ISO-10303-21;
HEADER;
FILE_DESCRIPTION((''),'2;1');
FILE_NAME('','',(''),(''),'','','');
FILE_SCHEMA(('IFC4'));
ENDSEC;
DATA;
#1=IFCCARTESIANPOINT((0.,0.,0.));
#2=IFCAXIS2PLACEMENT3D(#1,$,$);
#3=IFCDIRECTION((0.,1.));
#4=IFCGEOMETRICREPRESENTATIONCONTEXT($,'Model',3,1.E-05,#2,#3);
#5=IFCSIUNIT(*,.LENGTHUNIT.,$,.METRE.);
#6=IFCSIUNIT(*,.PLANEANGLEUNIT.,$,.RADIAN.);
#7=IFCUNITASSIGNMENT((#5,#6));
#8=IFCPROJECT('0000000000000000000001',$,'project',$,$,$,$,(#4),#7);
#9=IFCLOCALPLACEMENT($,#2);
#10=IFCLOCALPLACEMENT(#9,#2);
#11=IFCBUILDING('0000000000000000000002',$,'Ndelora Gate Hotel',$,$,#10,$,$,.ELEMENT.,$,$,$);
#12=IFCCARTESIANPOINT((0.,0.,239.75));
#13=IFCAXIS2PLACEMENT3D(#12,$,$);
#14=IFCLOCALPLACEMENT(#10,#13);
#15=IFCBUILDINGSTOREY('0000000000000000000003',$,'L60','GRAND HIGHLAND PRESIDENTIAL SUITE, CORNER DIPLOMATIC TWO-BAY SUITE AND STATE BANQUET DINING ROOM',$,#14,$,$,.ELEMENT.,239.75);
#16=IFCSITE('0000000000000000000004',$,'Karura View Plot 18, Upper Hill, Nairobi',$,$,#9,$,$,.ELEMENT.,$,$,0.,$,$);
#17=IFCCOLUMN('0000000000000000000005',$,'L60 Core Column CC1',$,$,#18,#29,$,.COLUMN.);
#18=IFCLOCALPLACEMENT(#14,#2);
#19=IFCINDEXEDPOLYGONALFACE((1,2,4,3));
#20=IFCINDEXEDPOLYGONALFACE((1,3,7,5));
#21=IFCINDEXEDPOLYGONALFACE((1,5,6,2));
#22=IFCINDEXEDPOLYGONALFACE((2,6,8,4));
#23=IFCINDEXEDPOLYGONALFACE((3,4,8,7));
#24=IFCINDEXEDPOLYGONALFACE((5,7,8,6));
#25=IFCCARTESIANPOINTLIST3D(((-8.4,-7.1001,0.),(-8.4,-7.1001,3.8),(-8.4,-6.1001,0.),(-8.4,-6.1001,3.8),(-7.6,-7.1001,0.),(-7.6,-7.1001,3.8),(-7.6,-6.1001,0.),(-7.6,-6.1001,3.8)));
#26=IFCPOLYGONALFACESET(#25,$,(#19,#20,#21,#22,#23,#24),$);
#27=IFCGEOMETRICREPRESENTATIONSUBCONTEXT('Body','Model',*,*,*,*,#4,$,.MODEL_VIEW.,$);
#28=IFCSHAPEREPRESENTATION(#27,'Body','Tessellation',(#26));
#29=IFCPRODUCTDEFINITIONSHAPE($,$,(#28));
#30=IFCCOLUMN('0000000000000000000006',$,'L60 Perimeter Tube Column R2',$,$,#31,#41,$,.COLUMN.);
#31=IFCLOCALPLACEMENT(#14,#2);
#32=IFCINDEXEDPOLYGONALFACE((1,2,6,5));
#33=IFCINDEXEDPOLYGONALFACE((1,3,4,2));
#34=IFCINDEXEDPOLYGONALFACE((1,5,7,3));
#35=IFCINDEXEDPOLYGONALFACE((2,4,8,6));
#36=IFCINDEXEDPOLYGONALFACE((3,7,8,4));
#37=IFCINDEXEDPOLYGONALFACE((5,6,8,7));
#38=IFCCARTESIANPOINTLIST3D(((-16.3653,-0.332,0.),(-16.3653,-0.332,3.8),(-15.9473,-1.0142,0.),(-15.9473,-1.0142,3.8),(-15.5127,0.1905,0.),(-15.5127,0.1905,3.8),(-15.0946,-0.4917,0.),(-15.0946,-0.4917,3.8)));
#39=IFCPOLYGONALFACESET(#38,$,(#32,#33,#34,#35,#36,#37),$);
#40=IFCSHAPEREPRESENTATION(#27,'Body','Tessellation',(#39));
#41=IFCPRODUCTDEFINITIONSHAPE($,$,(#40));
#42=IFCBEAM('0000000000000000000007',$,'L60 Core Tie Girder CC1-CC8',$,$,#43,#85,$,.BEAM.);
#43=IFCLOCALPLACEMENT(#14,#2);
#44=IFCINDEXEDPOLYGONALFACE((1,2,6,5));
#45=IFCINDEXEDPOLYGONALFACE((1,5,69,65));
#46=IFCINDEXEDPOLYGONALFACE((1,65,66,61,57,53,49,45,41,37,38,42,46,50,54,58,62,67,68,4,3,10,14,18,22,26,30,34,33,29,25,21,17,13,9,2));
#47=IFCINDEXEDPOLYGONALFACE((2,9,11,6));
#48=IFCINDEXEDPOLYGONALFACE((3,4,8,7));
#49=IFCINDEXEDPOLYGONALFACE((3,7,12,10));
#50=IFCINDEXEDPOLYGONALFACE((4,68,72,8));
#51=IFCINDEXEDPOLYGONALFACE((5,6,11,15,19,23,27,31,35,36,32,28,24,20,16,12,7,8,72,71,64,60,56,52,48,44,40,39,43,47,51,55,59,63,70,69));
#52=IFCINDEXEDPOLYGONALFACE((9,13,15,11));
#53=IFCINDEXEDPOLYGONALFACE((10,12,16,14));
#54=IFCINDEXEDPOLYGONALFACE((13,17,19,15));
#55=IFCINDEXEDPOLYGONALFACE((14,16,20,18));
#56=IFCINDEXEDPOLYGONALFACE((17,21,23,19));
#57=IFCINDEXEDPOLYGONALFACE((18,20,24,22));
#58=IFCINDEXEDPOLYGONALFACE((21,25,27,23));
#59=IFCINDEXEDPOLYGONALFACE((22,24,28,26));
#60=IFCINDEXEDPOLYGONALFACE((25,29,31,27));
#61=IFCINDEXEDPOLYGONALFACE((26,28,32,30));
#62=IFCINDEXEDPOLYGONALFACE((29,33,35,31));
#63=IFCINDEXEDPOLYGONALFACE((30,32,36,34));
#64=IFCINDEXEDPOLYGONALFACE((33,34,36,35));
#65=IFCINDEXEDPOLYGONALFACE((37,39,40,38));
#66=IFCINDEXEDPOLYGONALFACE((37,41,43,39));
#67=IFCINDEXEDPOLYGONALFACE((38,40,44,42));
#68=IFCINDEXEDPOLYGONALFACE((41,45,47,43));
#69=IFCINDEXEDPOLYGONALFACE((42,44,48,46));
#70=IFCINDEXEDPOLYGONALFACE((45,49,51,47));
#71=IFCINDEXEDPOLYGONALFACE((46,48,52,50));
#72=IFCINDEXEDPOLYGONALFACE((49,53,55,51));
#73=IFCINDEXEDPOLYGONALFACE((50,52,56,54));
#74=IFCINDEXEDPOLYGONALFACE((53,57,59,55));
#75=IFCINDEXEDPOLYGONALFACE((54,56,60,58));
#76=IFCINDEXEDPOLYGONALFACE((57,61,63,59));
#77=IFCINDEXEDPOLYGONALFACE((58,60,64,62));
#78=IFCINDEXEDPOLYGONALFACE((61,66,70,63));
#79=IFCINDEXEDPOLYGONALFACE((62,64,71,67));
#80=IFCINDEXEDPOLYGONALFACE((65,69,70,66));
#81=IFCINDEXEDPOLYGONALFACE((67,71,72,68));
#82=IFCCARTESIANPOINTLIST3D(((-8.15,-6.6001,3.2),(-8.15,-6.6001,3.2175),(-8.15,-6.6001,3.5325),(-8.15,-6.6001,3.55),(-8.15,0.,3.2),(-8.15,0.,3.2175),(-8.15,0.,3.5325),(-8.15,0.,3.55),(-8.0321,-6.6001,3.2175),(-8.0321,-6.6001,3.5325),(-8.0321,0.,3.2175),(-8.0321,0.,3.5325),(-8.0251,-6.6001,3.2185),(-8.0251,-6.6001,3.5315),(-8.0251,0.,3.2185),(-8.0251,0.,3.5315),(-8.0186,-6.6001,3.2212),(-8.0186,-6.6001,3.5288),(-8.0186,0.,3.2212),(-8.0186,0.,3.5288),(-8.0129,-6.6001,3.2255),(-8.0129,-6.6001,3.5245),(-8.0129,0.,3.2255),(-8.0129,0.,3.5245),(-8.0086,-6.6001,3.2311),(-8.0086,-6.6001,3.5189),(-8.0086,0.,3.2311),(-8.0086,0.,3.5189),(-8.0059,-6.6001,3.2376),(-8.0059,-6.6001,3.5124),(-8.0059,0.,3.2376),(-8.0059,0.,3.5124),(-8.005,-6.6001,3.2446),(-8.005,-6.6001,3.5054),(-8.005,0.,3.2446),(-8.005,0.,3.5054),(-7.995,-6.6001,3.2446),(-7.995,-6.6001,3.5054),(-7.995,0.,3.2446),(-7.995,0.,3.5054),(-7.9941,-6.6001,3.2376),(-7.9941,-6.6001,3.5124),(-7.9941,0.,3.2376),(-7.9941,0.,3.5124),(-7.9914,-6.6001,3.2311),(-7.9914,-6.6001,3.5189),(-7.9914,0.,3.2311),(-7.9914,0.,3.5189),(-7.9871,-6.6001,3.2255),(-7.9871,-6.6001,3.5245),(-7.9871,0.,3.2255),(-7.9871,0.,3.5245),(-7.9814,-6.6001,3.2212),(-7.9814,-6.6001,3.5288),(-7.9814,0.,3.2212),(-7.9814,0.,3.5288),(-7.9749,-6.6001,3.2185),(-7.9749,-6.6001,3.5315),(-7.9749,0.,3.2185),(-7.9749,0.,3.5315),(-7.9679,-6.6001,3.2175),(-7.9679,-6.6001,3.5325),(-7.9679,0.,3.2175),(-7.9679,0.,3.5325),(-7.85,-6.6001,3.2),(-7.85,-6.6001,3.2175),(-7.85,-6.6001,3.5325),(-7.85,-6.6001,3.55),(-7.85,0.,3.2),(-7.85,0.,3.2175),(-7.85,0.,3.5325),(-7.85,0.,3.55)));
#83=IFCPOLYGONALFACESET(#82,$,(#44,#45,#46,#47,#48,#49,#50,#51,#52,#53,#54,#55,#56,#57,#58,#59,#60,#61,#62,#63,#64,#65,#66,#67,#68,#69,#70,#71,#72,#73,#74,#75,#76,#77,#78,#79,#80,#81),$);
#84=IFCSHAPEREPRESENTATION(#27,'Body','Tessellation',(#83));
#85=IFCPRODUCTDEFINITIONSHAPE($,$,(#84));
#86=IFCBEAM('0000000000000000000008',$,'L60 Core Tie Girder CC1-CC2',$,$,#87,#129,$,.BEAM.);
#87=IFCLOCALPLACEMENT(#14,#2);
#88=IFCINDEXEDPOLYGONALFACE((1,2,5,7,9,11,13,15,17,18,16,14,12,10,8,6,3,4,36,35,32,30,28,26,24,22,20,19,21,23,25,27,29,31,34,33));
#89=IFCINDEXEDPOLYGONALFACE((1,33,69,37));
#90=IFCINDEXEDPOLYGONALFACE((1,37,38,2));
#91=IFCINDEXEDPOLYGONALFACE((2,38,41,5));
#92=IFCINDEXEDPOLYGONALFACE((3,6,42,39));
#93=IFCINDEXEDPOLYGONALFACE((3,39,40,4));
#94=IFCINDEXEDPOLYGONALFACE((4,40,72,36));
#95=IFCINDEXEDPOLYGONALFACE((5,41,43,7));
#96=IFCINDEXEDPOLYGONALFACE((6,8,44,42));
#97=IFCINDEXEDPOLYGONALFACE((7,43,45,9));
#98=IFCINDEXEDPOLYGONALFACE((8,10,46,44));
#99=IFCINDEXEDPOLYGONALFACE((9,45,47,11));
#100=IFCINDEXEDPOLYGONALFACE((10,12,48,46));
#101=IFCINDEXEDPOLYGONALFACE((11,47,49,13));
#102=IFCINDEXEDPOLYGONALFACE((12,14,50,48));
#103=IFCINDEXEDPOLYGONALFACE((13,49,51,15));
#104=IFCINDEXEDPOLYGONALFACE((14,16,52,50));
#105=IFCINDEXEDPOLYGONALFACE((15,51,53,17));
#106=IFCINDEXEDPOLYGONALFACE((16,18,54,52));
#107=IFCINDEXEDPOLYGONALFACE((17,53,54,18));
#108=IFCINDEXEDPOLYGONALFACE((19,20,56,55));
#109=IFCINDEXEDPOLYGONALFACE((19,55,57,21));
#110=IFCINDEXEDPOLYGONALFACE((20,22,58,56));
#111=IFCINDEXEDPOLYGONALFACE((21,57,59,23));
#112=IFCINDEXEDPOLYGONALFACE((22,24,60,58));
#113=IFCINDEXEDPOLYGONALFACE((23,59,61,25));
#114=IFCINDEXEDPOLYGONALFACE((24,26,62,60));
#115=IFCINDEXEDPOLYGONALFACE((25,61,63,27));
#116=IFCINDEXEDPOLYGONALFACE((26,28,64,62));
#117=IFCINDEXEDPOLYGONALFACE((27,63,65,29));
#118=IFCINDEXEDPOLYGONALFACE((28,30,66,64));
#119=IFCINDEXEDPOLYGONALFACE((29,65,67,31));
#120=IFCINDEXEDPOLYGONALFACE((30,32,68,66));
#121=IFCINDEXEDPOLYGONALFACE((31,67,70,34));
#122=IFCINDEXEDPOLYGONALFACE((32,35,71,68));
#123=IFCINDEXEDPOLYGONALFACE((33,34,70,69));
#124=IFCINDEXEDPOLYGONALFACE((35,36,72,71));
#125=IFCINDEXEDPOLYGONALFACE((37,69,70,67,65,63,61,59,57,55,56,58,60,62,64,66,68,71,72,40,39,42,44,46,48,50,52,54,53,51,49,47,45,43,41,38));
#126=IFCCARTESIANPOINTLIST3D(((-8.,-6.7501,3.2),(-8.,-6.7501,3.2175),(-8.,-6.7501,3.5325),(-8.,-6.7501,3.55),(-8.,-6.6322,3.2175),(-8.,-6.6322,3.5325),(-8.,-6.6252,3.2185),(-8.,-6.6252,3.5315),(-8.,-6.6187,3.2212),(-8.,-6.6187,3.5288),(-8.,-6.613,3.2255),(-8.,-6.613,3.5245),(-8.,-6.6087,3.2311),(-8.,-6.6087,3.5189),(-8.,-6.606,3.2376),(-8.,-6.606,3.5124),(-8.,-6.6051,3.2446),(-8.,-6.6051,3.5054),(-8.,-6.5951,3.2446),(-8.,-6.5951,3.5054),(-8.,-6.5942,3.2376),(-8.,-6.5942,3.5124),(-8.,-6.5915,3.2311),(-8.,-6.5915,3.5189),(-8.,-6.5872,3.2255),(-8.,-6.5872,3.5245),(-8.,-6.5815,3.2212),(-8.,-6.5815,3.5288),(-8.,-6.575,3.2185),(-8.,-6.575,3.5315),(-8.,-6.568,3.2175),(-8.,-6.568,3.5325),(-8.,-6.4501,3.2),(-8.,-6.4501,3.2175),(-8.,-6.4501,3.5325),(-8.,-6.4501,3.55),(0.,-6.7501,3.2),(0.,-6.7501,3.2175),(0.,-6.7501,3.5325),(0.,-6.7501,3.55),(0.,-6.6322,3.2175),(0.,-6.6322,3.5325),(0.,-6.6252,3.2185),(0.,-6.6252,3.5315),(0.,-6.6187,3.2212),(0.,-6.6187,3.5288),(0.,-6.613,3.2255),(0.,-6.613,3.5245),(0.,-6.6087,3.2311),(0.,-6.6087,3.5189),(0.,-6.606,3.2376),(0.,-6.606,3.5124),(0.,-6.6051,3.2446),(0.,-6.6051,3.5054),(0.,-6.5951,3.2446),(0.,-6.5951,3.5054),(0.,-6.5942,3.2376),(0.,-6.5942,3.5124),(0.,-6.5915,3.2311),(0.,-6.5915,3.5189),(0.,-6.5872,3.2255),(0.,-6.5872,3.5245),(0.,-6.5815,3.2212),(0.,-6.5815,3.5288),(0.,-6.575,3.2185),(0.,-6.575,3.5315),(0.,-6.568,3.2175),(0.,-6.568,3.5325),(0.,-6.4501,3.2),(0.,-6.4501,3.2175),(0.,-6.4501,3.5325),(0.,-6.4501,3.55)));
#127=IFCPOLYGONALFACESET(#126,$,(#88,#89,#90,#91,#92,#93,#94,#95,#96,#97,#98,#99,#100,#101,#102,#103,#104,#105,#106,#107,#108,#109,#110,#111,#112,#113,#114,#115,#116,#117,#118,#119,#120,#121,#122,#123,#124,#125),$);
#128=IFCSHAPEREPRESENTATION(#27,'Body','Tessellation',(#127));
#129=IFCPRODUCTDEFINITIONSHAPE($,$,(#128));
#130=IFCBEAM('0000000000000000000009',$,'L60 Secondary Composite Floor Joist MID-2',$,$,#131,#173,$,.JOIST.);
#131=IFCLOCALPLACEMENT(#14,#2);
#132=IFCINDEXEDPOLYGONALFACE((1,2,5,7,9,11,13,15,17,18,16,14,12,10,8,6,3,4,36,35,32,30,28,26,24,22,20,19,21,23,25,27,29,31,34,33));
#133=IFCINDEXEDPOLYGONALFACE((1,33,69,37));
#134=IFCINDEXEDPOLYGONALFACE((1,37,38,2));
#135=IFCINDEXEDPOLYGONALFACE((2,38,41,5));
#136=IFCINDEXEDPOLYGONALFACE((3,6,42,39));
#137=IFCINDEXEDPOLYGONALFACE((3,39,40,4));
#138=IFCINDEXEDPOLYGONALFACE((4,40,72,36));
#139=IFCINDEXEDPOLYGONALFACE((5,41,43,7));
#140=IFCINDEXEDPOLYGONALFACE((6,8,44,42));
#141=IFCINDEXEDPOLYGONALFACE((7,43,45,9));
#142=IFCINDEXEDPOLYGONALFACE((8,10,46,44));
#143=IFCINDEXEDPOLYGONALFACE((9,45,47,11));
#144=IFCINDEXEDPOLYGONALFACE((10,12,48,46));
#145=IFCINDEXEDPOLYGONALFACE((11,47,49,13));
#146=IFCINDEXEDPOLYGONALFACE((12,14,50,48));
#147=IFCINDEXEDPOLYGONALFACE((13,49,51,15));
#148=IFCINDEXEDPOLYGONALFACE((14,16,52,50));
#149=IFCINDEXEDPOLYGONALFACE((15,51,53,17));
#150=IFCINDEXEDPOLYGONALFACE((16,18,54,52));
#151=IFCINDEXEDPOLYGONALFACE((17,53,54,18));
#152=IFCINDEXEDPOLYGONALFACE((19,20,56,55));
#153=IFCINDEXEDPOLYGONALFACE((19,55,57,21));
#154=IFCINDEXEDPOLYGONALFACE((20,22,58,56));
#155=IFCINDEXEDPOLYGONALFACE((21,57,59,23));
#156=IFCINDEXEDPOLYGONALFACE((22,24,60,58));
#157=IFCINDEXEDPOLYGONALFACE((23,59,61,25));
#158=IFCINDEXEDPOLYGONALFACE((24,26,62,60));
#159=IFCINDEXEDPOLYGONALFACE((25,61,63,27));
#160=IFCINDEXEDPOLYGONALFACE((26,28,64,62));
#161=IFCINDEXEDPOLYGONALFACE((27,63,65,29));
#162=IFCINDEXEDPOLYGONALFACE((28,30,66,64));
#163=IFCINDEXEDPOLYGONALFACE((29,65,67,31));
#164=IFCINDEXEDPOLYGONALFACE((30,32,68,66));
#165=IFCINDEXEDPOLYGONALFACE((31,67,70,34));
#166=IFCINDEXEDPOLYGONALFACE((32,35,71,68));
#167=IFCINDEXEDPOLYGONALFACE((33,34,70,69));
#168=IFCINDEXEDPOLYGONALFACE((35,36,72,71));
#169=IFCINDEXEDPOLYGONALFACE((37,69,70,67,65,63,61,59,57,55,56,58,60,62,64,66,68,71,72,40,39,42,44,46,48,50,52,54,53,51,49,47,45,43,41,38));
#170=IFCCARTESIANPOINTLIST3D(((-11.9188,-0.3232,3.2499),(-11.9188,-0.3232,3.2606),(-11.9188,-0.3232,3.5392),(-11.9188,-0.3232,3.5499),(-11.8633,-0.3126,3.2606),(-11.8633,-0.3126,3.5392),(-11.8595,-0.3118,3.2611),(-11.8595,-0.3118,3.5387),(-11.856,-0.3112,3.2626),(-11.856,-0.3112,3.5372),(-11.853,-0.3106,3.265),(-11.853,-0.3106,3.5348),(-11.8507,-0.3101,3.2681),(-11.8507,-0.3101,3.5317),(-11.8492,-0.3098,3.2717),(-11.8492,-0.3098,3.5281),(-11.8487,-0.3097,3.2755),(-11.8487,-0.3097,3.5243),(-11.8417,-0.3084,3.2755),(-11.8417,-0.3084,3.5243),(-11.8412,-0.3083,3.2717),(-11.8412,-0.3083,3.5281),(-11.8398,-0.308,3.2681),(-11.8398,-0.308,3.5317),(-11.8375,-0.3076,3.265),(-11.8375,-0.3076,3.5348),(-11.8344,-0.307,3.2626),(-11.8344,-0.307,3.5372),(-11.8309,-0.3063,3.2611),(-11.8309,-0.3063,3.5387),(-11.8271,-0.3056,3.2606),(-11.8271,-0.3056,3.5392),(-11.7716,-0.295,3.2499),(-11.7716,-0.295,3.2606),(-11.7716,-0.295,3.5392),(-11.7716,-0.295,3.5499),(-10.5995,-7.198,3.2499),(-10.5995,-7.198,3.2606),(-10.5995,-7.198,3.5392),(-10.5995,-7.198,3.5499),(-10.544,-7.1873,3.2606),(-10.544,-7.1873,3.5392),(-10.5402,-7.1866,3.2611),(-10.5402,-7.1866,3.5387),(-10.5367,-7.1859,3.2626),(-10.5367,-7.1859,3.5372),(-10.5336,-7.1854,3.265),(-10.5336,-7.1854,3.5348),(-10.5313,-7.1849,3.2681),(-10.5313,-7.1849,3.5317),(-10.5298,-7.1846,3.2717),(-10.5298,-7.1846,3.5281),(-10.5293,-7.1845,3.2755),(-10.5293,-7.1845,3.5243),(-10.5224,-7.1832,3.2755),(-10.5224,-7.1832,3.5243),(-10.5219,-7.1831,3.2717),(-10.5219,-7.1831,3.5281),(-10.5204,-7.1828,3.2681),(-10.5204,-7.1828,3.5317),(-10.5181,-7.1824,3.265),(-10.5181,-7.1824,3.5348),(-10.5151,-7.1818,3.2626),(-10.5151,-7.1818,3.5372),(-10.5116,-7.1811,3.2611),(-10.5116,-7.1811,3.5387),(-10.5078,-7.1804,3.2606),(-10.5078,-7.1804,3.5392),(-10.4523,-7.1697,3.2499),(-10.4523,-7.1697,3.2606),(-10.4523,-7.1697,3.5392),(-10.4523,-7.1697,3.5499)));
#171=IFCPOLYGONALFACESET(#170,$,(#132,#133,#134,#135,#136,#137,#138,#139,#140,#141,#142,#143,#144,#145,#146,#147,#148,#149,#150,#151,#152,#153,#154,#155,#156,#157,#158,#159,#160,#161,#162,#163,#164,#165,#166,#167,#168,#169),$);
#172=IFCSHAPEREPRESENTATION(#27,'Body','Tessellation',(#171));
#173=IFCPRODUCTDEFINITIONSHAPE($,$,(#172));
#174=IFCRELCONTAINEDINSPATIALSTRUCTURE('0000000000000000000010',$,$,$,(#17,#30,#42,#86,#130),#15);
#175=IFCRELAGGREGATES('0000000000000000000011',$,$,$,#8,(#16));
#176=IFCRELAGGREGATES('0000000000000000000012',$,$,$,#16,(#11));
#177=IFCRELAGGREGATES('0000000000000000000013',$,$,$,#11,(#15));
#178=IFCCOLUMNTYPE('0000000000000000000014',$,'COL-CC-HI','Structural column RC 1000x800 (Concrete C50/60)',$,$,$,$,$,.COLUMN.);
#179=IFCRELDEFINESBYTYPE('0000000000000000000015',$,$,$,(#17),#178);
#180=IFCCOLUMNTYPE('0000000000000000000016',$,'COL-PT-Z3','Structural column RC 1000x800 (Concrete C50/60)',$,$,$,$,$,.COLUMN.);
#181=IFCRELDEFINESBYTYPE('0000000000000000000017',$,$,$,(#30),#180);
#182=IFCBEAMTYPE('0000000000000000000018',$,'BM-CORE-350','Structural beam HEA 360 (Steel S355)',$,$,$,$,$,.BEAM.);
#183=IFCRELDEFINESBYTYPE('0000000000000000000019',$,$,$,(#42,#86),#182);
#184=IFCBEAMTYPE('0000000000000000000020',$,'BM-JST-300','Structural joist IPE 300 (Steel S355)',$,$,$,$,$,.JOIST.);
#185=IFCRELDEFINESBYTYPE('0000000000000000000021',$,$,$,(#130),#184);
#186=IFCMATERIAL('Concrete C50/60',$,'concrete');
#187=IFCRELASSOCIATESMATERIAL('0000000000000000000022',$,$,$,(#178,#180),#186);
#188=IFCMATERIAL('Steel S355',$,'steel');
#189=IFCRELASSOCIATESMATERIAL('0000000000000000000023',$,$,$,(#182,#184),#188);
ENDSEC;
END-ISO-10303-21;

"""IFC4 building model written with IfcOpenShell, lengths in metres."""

from ifc_helpers import new_model, si_unit, direction, frame, origin, origin_2d, place, context, subcontext, project, spatial, rectangle, i_section, extrude, material, material_profile, profile_set, type_object, element, save


model = new_model("IFC4")

# Units and contexts
model_context = context("Model", 3, precision=1e-05, world=origin(), true_north=direction((0.0, 1.0)))
body_context = subcontext(model_context, "Body", "Model", "MODEL_VIEW")
ifc_project = project(units=[si_unit("LENGTHUNIT", "METRE"), si_unit("PLANEANGLEUNIT", "RADIAN")], contexts=[model_context])

# Site, building, storey
site_placement = place(None, origin())
site = spatial("IfcSite", under=ifc_project, at=site_placement, Name="Karura View Plot 18, Upper Hill, Nairobi", CompositionType="ELEMENT", RefElevation=0.0)
building_placement = place(site_placement, origin())
building = spatial("IfcBuilding", under=site, at=building_placement, Name="Ndelora Gate Hotel", CompositionType="ELEMENT")
storey_placement = place(building_placement, frame((0.0, 0.0, 239.75)))
storey = spatial("IfcBuildingStorey", under=building, at=storey_placement, Name="L60", Description="GRAND HIGHLAND PRESIDENTIAL SUITE, CORNER DIPLOMATIC TWO-BAY SUITE AND STATE BANQUET DINING ROOM", CompositionType="ELEMENT", Elevation=239.75)

# Columns
ifc_material_1 = material(Name="Concrete C50/60", Category="concrete")
ifc_material_profile_1 = material_profile(ifc_material_1, rectangle(XDim=0.8, YDim=1.0, at=origin_2d()), Name="RC 1000x800")
ifc_profile_set_1 = profile_set([ifc_material_profile_1], Name="Concrete C50/60")
column_type_1 = type_object("IfcColumnType", Name="COL-CC-HI", Description="Structural column RC 1000x800 (Concrete C50/60)", PredefinedType="COLUMN", material=ifc_profile_set_1)
column_1_placement = place(storey_placement, frame((-8.0, -6.6001, 0.0), z_axis=(0.0, 0.0, 1.0), x_axis=(1.0, 0.0, 0.0)))
element("IfcColumn", 1, at=column_1_placement, inside=storey, type_object=column_type_1, Name="L60 Core Column CC1", PredefinedType="COLUMN", context=body_context, shape_type="SweptSolid", body=[
    extrude(rectangle(XDim=0.8, YDim=1.0, at=origin_2d()), origin(), (0.0, 0.0, 1.0), 3.8),
])
ifc_material_profile_2 = material_profile(ifc_material_1, rectangle(XDim=0.8, YDim=1.0, at=origin_2d()), Name="RC 1000x800")
ifc_profile_set_2 = profile_set([ifc_material_profile_2], Name="Concrete C50/60")
column_type_2 = type_object("IfcColumnType", Name="COL-PT-Z3", Description="Structural column RC 1000x800 (Concrete C50/60)", PredefinedType="COLUMN", material=ifc_profile_set_2)
column_2_placement = place(storey_placement, frame((-15.73, -0.4119, 0.0), z_axis=(0.0, 0.0, 1.0), x_axis=(-0.522499, 0.85264, 0.0)))
element("IfcColumn", 2, at=column_2_placement, inside=storey, type_object=column_type_2, Name="L60 Perimeter Tube Column R2", PredefinedType="COLUMN", context=body_context, shape_type="SweptSolid", body=[
    extrude(rectangle(XDim=0.8, YDim=1.0, at=origin_2d()), origin(), (0.0, 0.0, 1.0), 3.8),
])

# Beams
ifc_material_2 = material(Name="Steel S355", Category="steel")
ifc_material_profile_3 = material_profile(ifc_material_2, i_section(OverallWidth=0.3, OverallDepth=0.3501, WebThickness=0.01, FlangeThickness=0.0176, FilletRadius=0.0271, at=origin_2d()), Name="HEA 360")
ifc_profile_set_3 = profile_set([ifc_material_profile_3], Name="Steel S355")
beam_type_1 = type_object("IfcBeamType", Name="BM-CORE-350", Description="Structural beam HEA 360 (Steel S355)", PredefinedType="BEAM", material=ifc_profile_set_3)
beam_1_placement = place(storey_placement, frame((-8.0, -6.6001, 3.375), z_axis=(0.0, 1.0, 0.0), x_axis=(-1.0, 0.0, 0.0)))
element("IfcBeam", 3, at=beam_1_placement, inside=storey, type_object=beam_type_1, Name="L60 Core Tie Girder CC1-CC8", PredefinedType="BEAM", context=body_context, shape_type="SweptSolid", body=[
    extrude(i_section(OverallWidth=0.3, OverallDepth=0.3501, WebThickness=0.01, FlangeThickness=0.0176, FilletRadius=0.0271, at=origin_2d()), origin(), (0.0, 0.0, 1.0), 6.6001),
])
beam_2_placement = place(storey_placement, frame((-8.0, -6.6001, 3.375), z_axis=(1.0, 0.0, 0.0), x_axis=(0.0, 1.0, 0.0)))
element("IfcBeam", 4, at=beam_2_placement, inside=storey, type_object=beam_type_1, Name="L60 Core Tie Girder CC1-CC2", PredefinedType="BEAM", context=body_context, shape_type="SweptSolid", body=[
    extrude(i_section(OverallWidth=0.3, OverallDepth=0.3501, WebThickness=0.01, FlangeThickness=0.0176, FilletRadius=0.0271, at=origin_2d()), origin(), (0.0, 0.0, 1.0), 8.0),
])
ifc_material_profile_4 = material_profile(ifc_material_2, i_section(OverallWidth=0.1499, OverallDepth=0.3, WebThickness=0.0071, FlangeThickness=0.0107, FilletRadius=0.0149, at=origin_2d()), Name="IPE 300")
ifc_profile_set_4 = profile_set([ifc_material_profile_4], Name="Steel S355")
beam_type_2 = type_object("IfcBeamType", Name="BM-JST-300", Description="Structural joist IPE 300 (Steel S355)", PredefinedType="JOIST", material=ifc_profile_set_4)
beam_3_placement = place(storey_placement, frame((-11.8452, -0.3091, 3.3999), z_axis=(0.188471, -0.982079, 0.0), x_axis=(0.982079, 0.188471, 0.0)))
element("IfcBeam", 5, at=beam_3_placement, inside=storey, type_object=beam_type_2, Name="L60 Secondary Composite Floor Joist MID-2", PredefinedType="JOIST", context=body_context, shape_type="SweptSolid", body=[
    extrude(i_section(OverallWidth=0.1499, OverallDepth=0.3, WebThickness=0.0071, FlangeThickness=0.0107, FilletRadius=0.0149, at=origin_2d()), origin(), (0.0, 0.0, 1.0), 7.0002),
])

save(model, "model.ifc")
